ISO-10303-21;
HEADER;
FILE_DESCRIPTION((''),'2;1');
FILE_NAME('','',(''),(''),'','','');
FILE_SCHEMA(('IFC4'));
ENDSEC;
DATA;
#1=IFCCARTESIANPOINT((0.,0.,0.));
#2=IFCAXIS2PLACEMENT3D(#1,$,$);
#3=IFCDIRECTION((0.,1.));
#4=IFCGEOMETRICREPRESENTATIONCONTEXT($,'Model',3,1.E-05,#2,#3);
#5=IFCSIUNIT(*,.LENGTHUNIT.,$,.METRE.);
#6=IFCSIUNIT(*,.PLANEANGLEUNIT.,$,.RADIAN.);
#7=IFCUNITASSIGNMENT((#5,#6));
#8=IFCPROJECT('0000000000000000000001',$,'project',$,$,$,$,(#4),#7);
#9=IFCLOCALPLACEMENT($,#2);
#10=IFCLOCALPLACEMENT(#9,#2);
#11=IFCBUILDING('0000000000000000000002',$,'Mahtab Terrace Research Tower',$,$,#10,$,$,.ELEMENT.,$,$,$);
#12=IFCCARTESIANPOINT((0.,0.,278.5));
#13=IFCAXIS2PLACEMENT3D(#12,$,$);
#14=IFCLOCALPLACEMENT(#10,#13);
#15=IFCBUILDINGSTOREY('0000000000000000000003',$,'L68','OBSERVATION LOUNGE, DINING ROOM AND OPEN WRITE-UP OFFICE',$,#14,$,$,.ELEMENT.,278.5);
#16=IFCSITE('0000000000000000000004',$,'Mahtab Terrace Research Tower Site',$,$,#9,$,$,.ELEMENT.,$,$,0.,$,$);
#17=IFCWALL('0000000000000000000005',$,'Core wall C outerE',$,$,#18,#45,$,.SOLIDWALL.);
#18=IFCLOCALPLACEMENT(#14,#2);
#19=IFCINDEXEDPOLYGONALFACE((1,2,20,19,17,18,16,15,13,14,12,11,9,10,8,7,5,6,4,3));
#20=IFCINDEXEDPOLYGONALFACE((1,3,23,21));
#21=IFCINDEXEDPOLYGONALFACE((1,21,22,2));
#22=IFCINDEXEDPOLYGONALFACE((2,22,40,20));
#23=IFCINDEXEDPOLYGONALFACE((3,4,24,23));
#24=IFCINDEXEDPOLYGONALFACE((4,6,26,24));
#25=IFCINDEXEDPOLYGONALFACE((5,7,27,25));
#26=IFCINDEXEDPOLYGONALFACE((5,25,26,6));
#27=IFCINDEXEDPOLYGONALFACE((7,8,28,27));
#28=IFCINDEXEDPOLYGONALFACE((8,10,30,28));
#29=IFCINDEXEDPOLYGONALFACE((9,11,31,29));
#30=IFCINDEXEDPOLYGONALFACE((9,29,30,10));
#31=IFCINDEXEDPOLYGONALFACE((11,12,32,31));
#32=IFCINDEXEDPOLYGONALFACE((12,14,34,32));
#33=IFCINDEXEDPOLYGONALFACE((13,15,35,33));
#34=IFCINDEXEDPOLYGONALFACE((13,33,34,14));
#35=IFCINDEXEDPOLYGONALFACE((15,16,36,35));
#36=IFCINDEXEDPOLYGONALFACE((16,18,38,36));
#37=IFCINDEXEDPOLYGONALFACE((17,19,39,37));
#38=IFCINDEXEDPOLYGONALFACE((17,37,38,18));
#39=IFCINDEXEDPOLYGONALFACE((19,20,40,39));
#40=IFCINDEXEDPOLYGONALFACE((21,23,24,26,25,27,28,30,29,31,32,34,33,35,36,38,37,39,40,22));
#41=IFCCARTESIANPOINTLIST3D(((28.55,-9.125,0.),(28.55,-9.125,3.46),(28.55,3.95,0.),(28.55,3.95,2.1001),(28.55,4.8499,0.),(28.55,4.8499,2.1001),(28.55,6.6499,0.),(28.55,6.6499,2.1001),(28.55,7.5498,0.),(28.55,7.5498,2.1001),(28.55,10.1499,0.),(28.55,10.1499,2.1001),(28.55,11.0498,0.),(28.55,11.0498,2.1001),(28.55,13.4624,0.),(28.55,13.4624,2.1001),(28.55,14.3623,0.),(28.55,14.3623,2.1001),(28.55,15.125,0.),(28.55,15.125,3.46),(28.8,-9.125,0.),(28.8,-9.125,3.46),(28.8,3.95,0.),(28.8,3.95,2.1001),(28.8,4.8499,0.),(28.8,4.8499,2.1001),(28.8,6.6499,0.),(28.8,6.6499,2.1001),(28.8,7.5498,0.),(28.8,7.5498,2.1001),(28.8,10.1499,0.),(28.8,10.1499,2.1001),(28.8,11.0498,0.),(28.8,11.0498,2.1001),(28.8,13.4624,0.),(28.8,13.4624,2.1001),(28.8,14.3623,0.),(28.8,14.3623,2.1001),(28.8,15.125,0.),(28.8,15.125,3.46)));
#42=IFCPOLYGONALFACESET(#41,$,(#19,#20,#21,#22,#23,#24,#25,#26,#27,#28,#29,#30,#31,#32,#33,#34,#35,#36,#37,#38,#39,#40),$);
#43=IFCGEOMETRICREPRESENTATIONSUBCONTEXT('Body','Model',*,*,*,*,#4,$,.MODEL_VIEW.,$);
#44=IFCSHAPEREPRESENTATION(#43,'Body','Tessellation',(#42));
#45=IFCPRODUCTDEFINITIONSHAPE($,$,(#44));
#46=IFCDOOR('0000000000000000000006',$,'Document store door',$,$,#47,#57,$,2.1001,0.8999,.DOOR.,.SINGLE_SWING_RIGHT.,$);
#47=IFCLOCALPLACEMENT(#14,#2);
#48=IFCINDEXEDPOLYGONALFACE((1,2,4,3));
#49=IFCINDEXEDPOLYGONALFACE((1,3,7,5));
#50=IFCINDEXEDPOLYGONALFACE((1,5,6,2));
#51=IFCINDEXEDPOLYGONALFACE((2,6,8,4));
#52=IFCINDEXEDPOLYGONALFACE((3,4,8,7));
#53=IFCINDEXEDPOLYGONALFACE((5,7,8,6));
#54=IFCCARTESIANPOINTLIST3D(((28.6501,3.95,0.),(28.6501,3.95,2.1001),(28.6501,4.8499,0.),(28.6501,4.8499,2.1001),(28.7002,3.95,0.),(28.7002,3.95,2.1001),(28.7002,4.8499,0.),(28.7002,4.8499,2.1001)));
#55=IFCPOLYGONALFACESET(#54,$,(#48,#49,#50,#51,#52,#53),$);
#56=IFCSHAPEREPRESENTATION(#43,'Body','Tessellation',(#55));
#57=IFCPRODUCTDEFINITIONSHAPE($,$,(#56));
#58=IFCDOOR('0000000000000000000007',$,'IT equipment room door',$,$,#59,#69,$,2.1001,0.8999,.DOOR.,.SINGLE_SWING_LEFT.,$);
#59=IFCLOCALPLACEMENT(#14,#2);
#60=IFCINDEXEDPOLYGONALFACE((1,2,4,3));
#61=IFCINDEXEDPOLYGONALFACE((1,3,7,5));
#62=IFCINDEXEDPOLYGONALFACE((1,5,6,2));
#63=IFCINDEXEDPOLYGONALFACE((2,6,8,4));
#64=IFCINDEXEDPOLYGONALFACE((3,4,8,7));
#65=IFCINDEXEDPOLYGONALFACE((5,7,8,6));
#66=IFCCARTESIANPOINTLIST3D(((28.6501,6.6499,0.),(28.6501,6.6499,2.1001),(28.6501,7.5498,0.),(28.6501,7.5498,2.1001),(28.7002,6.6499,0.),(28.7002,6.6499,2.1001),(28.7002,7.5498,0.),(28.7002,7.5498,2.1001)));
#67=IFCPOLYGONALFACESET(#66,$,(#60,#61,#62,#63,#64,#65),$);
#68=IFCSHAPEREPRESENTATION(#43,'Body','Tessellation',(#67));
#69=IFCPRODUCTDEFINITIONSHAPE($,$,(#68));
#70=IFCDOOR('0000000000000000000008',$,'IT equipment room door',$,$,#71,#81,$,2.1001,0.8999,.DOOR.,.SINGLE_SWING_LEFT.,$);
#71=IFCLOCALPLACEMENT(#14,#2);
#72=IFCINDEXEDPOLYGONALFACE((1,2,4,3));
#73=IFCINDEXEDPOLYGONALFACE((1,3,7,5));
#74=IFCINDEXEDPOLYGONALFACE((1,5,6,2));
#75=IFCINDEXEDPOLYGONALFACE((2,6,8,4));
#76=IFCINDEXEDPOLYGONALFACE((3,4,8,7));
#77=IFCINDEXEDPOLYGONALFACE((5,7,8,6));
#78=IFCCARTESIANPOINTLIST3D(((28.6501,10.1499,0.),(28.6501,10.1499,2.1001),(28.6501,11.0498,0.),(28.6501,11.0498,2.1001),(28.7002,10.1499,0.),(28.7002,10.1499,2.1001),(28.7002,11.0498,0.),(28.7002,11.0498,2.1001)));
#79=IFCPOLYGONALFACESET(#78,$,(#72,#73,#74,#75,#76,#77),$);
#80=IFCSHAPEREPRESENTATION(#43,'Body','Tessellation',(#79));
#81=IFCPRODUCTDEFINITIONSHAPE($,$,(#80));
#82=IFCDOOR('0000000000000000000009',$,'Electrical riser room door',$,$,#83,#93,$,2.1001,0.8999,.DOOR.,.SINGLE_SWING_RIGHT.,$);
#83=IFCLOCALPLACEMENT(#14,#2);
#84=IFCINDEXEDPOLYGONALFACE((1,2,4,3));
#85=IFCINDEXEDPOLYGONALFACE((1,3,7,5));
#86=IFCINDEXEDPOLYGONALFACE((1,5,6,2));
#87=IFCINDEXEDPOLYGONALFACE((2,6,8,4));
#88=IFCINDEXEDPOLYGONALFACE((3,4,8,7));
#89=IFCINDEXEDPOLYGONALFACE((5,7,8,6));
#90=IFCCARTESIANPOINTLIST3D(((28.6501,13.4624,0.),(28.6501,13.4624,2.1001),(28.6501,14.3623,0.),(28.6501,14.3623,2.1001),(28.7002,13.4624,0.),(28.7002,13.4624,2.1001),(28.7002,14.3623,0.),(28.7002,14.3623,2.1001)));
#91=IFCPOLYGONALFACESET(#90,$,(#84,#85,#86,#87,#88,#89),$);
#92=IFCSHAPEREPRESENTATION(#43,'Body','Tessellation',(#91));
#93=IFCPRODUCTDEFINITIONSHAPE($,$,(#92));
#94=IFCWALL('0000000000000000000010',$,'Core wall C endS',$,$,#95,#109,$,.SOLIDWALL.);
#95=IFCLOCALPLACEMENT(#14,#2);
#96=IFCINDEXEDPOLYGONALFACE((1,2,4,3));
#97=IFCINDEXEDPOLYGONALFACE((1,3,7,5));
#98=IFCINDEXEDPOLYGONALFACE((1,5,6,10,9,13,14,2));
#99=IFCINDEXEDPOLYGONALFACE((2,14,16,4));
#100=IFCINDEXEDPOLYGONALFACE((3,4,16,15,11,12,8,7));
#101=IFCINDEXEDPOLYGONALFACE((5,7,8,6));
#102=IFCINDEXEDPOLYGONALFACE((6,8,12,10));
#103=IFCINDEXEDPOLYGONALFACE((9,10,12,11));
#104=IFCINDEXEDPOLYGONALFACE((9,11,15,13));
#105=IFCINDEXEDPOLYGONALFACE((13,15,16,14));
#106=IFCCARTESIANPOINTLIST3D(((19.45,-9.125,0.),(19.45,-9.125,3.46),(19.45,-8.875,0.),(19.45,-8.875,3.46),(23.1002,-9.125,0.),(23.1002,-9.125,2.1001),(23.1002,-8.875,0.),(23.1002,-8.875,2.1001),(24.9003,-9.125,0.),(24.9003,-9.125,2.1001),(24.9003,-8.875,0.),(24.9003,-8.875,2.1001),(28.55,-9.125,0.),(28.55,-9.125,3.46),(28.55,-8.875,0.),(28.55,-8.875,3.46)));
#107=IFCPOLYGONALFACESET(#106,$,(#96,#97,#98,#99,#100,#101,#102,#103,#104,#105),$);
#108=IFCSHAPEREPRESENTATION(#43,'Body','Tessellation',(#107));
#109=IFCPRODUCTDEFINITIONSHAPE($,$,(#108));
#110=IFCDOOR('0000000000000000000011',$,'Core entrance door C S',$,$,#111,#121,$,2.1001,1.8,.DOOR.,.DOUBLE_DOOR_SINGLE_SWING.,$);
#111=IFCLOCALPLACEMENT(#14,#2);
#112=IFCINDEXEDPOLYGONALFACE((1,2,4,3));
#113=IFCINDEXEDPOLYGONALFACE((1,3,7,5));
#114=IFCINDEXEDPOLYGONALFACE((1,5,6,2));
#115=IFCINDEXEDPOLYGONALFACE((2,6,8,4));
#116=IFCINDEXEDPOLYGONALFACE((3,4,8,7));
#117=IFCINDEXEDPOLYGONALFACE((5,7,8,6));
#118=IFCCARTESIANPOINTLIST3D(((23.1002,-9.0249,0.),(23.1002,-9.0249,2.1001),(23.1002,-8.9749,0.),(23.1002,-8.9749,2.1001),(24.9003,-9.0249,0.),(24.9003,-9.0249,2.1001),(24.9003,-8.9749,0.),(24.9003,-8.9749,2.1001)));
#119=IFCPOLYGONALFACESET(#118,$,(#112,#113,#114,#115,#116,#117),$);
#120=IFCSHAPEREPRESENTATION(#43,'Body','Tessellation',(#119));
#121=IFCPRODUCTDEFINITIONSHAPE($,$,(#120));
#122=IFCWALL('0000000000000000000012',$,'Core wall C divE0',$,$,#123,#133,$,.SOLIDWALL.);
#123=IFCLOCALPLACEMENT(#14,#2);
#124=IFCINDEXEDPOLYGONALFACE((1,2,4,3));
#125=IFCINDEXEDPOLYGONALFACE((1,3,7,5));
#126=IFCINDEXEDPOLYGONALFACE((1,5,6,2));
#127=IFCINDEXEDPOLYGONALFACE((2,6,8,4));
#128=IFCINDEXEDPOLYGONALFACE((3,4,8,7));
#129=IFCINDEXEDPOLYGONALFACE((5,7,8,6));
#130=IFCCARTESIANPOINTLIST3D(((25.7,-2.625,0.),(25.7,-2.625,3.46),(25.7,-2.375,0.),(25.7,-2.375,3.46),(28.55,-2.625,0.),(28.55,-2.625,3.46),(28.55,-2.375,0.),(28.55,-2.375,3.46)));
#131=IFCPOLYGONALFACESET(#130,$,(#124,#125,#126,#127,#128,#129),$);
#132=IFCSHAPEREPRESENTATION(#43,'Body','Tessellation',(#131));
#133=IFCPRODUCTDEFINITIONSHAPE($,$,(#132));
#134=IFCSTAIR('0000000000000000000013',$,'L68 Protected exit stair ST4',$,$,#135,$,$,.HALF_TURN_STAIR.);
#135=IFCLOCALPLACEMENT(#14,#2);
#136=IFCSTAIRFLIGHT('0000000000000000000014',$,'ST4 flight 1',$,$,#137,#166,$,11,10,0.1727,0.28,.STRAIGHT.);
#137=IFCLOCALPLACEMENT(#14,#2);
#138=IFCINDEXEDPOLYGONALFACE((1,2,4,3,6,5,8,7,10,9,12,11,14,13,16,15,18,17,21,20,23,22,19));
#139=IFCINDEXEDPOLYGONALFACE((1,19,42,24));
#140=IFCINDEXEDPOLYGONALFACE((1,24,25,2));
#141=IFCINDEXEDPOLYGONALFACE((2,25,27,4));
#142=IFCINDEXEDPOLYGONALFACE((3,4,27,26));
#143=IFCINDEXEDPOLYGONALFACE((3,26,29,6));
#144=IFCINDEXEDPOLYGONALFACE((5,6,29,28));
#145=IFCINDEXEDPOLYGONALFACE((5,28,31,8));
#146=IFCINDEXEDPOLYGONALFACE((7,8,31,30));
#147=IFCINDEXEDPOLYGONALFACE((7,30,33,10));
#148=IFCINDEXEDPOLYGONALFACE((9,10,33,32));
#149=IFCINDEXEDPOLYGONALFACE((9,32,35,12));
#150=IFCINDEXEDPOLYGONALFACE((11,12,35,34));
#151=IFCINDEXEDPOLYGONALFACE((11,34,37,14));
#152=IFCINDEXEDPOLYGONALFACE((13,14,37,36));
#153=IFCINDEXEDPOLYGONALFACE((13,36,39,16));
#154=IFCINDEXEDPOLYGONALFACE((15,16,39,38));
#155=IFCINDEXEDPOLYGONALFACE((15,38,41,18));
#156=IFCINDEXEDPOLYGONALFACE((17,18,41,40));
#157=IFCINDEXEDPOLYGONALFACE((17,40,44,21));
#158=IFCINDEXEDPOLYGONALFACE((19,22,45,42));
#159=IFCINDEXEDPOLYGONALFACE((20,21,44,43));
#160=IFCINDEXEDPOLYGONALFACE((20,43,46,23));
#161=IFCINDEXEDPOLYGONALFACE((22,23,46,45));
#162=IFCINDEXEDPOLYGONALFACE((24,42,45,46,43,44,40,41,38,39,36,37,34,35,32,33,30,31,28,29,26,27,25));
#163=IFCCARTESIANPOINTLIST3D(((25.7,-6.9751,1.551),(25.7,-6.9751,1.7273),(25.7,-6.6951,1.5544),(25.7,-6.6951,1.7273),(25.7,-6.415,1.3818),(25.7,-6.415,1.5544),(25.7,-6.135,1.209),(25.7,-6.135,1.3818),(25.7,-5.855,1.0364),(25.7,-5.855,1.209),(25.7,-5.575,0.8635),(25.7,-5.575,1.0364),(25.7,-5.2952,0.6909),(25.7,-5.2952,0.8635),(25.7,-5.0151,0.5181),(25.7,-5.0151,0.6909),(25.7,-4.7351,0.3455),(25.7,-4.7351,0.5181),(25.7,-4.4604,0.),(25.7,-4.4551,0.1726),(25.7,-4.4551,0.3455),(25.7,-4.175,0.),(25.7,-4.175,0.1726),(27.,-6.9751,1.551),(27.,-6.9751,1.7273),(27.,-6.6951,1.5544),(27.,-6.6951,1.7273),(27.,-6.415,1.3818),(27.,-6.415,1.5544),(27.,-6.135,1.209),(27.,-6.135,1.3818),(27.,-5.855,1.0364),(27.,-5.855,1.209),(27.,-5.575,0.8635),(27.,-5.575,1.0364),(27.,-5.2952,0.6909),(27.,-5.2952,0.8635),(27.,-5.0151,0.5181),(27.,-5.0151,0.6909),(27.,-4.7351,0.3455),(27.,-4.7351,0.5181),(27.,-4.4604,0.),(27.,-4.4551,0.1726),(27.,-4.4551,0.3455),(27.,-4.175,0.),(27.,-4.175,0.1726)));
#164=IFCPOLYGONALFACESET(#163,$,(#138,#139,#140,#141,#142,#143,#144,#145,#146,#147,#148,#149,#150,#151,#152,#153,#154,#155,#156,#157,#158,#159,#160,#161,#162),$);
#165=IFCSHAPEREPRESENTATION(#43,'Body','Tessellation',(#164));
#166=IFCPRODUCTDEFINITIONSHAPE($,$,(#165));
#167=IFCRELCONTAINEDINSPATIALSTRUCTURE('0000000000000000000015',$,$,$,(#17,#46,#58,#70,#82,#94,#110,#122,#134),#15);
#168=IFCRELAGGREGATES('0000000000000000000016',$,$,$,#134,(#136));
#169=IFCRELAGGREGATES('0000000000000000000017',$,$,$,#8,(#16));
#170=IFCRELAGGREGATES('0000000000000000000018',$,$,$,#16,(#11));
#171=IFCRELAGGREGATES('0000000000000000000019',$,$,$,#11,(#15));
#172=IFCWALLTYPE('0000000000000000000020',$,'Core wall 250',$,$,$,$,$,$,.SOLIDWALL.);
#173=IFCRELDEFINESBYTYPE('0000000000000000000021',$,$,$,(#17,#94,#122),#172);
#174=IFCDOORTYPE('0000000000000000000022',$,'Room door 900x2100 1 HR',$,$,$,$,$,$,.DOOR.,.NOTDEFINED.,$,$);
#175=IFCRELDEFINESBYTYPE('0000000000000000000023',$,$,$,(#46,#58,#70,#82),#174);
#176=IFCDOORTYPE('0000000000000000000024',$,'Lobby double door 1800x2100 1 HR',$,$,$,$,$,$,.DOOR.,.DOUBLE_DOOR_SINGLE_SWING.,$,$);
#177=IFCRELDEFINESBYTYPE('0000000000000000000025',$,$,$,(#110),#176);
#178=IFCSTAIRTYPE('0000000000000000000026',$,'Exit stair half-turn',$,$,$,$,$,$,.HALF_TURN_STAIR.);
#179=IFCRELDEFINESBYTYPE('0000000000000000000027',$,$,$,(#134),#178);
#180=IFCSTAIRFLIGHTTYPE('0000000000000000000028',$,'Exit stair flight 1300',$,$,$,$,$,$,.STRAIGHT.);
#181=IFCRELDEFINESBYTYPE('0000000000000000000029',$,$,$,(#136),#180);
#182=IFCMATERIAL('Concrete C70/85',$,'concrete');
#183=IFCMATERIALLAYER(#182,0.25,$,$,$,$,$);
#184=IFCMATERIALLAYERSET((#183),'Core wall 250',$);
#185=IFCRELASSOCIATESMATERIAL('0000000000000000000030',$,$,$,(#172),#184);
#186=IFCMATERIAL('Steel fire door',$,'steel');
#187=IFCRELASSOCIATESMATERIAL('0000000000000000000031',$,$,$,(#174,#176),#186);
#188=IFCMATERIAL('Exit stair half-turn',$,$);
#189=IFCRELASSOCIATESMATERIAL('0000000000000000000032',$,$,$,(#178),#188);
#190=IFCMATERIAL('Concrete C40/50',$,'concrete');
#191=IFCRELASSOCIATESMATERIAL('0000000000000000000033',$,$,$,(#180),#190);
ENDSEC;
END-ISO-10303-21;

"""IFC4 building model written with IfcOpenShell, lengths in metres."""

from ifc_helpers import new_model, si_unit, direction, frame, frame_2d, origin, place, context, subcontext, project, spatial, polyline, rectangle, outline, extrude, material, layer, layer_set, type_object, element, fill, aggregate, save


model = new_model("IFC4")

# Units and contexts
model_context = context("Model", 3, precision=1e-05, world=origin(), true_north=direction((0.0, 1.0)))
body_context = subcontext(model_context, "Body", "Model", "MODEL_VIEW")
ifc_project = project(units=[si_unit("LENGTHUNIT", "METRE"), si_unit("PLANEANGLEUNIT", "RADIAN")], contexts=[model_context])

# Site, building, storey
site_placement = place(None, origin())
site = spatial("IfcSite", under=ifc_project, at=site_placement, Name="Mahtab Terrace Research Tower Site", CompositionType="ELEMENT", RefElevation=0.0)
building_placement = place(site_placement, origin())
building = spatial("IfcBuilding", under=site, at=building_placement, Name="Mahtab Terrace Research Tower", CompositionType="ELEMENT")
storey_placement = place(building_placement, frame((0.0, 0.0, 278.5)))
storey = spatial("IfcBuildingStorey", under=building, at=storey_placement, Name="L68", Description="OBSERVATION LOUNGE, DINING ROOM AND OPEN WRITE-UP OFFICE", CompositionType="ELEMENT", Elevation=278.5)

# Wall, openings, doors
ifc_material_1 = material(Name="Concrete C70/85", Category="concrete")
ifc_layer = layer(ifc_material_1, 0.25)
ifc_layer_set = layer_set([ifc_layer], Name="Core wall 250")
wall_type = type_object("IfcWallType", Name="Core wall 250", PredefinedType="SOLIDWALL", material=ifc_layer_set)
wall_1_placement = place(storey_placement, frame((28.675, -9.125, 0.0), z_axis=(0.0, 0.0, 1.0), x_axis=(0.0, 1.0, 0.0)))
wall_1 = element("IfcWall", 1, at=wall_1_placement, inside=storey, type_object=wall_type, Name="Core wall C outerE", PredefinedType="SOLIDWALL", context=body_context, shape_type="SweptSolid", body=[
    extrude(rectangle(XDim=24.25, YDim=0.25, at=frame_2d((12.125, 0.0))), origin(), (0.0, 0.0, 1.0), 3.46),
])
opening_1_placement = place(wall_1_placement, frame((13.075, 0.0, 0.0)))
opening_1 = element("IfcOpeningElement", 2, at=opening_1_placement, cuts=wall_1, PredefinedType="OPENING", context=body_context, shape_type="SweptSolid", body=[
    extrude(rectangle(XDim=0.8999, YDim=2.1001, at=frame_2d((0.45, 1.05))), frame((0.0, 0.135, 0.0), z_axis=(0.0, -1.0, 0.0), x_axis=(1.0, 0.0, 0.0)), (0.0, 0.0, 1.0), 0.27),
])
opening_2_placement = place(wall_1_placement, frame((15.7749, 0.0, 0.0)))
opening_2 = element("IfcOpeningElement", 3, at=opening_2_placement, cuts=wall_1, PredefinedType="OPENING", context=body_context, shape_type="SweptSolid", body=[
    extrude(rectangle(XDim=0.8999, YDim=2.1001, at=frame_2d((0.45, 1.05))), frame((0.0, 0.135, 0.0), z_axis=(0.0, -1.0, 0.0), x_axis=(1.0, 0.0, 0.0)), (0.0, 0.0, 1.0), 0.27),
])
opening_3_placement = place(wall_1_placement, frame((19.2749, 0.0, 0.0)))
opening_3 = element("IfcOpeningElement", 4, at=opening_3_placement, cuts=wall_1, PredefinedType="OPENING", context=body_context, shape_type="SweptSolid", body=[
    extrude(rectangle(XDim=0.8999, YDim=2.1001, at=frame_2d((0.45, 1.05))), frame((0.0, 0.135, 0.0), z_axis=(0.0, -1.0, 0.0), x_axis=(1.0, 0.0, 0.0)), (0.0, 0.0, 1.0), 0.27),
])
opening_4_placement = place(wall_1_placement, frame((22.5874, 0.0, 0.0)))
opening_4 = element("IfcOpeningElement", 5, at=opening_4_placement, cuts=wall_1, PredefinedType="OPENING", context=body_context, shape_type="SweptSolid", body=[
    extrude(rectangle(XDim=0.8999, YDim=2.1001, at=frame_2d((0.45, 1.05))), frame((0.0, 0.135, 0.0), z_axis=(0.0, -1.0, 0.0), x_axis=(1.0, 0.0, 0.0)), (0.0, 0.0, 1.0), 0.27),
])
ifc_material_2 = material(Name="Steel fire door", Category="steel")
door_type_1 = type_object("IfcDoorType", Name="Room door 900x2100 1 HR", OperationType="NOTDEFINED", PredefinedType="DOOR", material=ifc_material_2)
door_1_placement = place(opening_1_placement, origin())
door_1 = element("IfcDoor", 6, at=door_1_placement, inside=storey, type_object=door_type_1, Name="Document store door", OperationType="SINGLE_SWING_RIGHT", OverallHeight=2.1001, OverallWidth=0.8999, PredefinedType="DOOR", context=body_context, shape_type="SweptSolid", body=[
    extrude(rectangle(XDim=0.8999, YDim=2.1001, at=frame_2d((0.45, 1.05))), frame((0.0, 0.0249, 0.0), z_axis=(0.0, -1.0, 0.0), x_axis=(1.0, 0.0, 0.0)), (0.0, 0.0, 1.0), 0.05),
])
fill(opening_1, door_1)
door_2_placement = place(opening_2_placement, origin())
door_2 = element("IfcDoor", 7, at=door_2_placement, inside=storey, type_object=door_type_1, Name="IT equipment room door", OperationType="SINGLE_SWING_LEFT", OverallHeight=2.1001, OverallWidth=0.8999, PredefinedType="DOOR", context=body_context, shape_type="SweptSolid", body=[
    extrude(rectangle(XDim=0.8999, YDim=2.1001, at=frame_2d((0.45, 1.05))), frame((0.0, 0.0249, 0.0), z_axis=(0.0, -1.0, 0.0), x_axis=(1.0, 0.0, 0.0)), (0.0, 0.0, 1.0), 0.05),
])
fill(opening_2, door_2)
door_3_placement = place(opening_3_placement, origin())
door_3 = element("IfcDoor", 8, at=door_3_placement, inside=storey, type_object=door_type_1, Name="IT equipment room door", OperationType="SINGLE_SWING_LEFT", OverallHeight=2.1001, OverallWidth=0.8999, PredefinedType="DOOR", context=body_context, shape_type="SweptSolid", body=[
    extrude(rectangle(XDim=0.8999, YDim=2.1001, at=frame_2d((0.45, 1.05))), frame((0.0, 0.0249, 0.0), z_axis=(0.0, -1.0, 0.0), x_axis=(1.0, 0.0, 0.0)), (0.0, 0.0, 1.0), 0.05),
])
fill(opening_3, door_3)
door_4_placement = place(opening_4_placement, origin())
door_4 = element("IfcDoor", 9, at=door_4_placement, inside=storey, type_object=door_type_1, Name="Electrical riser room door", OperationType="SINGLE_SWING_RIGHT", OverallHeight=2.1001, OverallWidth=0.8999, PredefinedType="DOOR", context=body_context, shape_type="SweptSolid", body=[
    extrude(rectangle(XDim=0.8999, YDim=2.1001, at=frame_2d((0.45, 1.05))), frame((0.0, 0.0249, 0.0), z_axis=(0.0, -1.0, 0.0), x_axis=(1.0, 0.0, 0.0)), (0.0, 0.0, 1.0), 0.05),
])
fill(opening_4, door_4)

# Wall, opening, door
wall_2_placement = place(storey_placement, frame((28.55, -9.0, 0.0), z_axis=(0.0, 0.0, 1.0), x_axis=(-1.0, 0.0, 0.0)))
wall_2 = element("IfcWall", 10, at=wall_2_placement, inside=storey, type_object=wall_type, Name="Core wall C endS", PredefinedType="SOLIDWALL", context=body_context, shape_type="SweptSolid", body=[
    extrude(rectangle(XDim=9.1001, YDim=0.25, at=frame_2d((4.55, 0.0))), origin(), (0.0, 0.0, 1.0), 3.46),
])
opening_5_placement = place(wall_2_placement, frame((3.6499, 0.0, 0.0)))
opening_5 = element("IfcOpeningElement", 11, at=opening_5_placement, cuts=wall_2, PredefinedType="OPENING", context=body_context, shape_type="SweptSolid", body=[
    extrude(rectangle(XDim=1.8, YDim=2.1001, at=frame_2d((0.8999, 1.05))), frame((0.0, 0.135, 0.0), z_axis=(0.0, -1.0, 0.0), x_axis=(1.0, 0.0, 0.0)), (0.0, 0.0, 1.0), 0.27),
])
door_type_2 = type_object("IfcDoorType", Name="Lobby double door 1800x2100 1 HR", OperationType="DOUBLE_DOOR_SINGLE_SWING", PredefinedType="DOOR", material=ifc_material_2)
door_5_placement = place(opening_5_placement, origin())
door_5 = element("IfcDoor", 12, at=door_5_placement, inside=storey, type_object=door_type_2, Name="Core entrance door C S", OperationType="DOUBLE_DOOR_SINGLE_SWING", OverallHeight=2.1001, OverallWidth=1.8, PredefinedType="DOOR", context=body_context, shape_type="SweptSolid", body=[
    extrude(rectangle(XDim=1.8, YDim=2.1001, at=frame_2d((0.8999, 1.05))), frame((0.0, 0.0249, 0.0), z_axis=(0.0, -1.0, 0.0), x_axis=(1.0, 0.0, 0.0)), (0.0, 0.0, 1.0), 0.05),
])
fill(opening_5, door_5)

# Wall
wall_3_placement = place(storey_placement, frame((25.7, -2.5, 0.0), z_axis=(0.0, 0.0, 1.0), x_axis=(1.0, 0.0, 0.0)))
element("IfcWall", 13, at=wall_3_placement, inside=storey, type_object=wall_type, Name="Core wall C divE0", PredefinedType="SOLIDWALL", context=body_context, shape_type="SweptSolid", body=[
    extrude(rectangle(XDim=2.8501, YDim=0.25, at=frame_2d((1.425, 0.0))), origin(), (0.0, 0.0, 1.0), 3.46),
])

# Stair, stair flight
ifc_material_3 = material(Name="Exit stair half-turn")
stair_type = type_object("IfcStairType", Name="Exit stair half-turn", PredefinedType="HALF_TURN_STAIR", material=ifc_material_3)
stair_placement = place(storey_placement, origin())
stair = element("IfcStair", 14, at=stair_placement, inside=storey, type_object=stair_type, Name="L68 Protected exit stair ST4", PredefinedType="HALF_TURN_STAIR")
ifc_material_4 = material(Name="Concrete C40/50", Category="concrete")
stair_flight_type = type_object("IfcStairFlightType", Name="Exit stair flight 1300", PredefinedType="STRAIGHT", material=ifc_material_4)
stair_flight_1_placement = place(storey_placement, frame((26.3501, -4.175, 0.0), z_axis=(0.0, 0.0, 1.0), x_axis=(0.0, -1.0, 0.0)))
stair_flight_1 = element("IfcStairFlight", 15, at=stair_flight_1_placement, type_object=stair_flight_type, Name="ST4 flight 1", NumberOfRisers=11, NumberOfTreads=10, PredefinedType="STRAIGHT", RiserHeight=0.1727, TreadLength=0.28, context=body_context, shape_type="SweptSolid", body=[
    extrude(outline(polyline([(0.0, 0.0), (0.0, 0.1726), (0.28, 0.1726), (0.28, 0.3455), (0.5601, 0.3455), (0.5601, 0.5181), (0.8401, 0.5181), (0.8401, 0.6909), (1.1201, 0.6909), (1.1201, 0.8635), (1.3999, 0.8635), (1.3999, 1.0364), (1.6799, 1.0364), (1.6799, 1.209), (1.96, 1.209), (1.96, 1.3818), (2.24, 1.3818), (2.24, 1.5544), (2.52, 1.5544), (2.52, 1.7273), (2.8, 1.7273), (2.8, 1.8999), (2.8, 1.551), (0.2854, 0.0), (0.0, 0.0)])), frame((0.0, 0.6499, 0.0), z_axis=(0.0, -1.0, 0.0), x_axis=(1.0, 0.0, 0.0)), (0.0, 0.0, 1.0), 1.3),
])
aggregate(stair, [stair_flight_1])

save(model, "model.ifc")
